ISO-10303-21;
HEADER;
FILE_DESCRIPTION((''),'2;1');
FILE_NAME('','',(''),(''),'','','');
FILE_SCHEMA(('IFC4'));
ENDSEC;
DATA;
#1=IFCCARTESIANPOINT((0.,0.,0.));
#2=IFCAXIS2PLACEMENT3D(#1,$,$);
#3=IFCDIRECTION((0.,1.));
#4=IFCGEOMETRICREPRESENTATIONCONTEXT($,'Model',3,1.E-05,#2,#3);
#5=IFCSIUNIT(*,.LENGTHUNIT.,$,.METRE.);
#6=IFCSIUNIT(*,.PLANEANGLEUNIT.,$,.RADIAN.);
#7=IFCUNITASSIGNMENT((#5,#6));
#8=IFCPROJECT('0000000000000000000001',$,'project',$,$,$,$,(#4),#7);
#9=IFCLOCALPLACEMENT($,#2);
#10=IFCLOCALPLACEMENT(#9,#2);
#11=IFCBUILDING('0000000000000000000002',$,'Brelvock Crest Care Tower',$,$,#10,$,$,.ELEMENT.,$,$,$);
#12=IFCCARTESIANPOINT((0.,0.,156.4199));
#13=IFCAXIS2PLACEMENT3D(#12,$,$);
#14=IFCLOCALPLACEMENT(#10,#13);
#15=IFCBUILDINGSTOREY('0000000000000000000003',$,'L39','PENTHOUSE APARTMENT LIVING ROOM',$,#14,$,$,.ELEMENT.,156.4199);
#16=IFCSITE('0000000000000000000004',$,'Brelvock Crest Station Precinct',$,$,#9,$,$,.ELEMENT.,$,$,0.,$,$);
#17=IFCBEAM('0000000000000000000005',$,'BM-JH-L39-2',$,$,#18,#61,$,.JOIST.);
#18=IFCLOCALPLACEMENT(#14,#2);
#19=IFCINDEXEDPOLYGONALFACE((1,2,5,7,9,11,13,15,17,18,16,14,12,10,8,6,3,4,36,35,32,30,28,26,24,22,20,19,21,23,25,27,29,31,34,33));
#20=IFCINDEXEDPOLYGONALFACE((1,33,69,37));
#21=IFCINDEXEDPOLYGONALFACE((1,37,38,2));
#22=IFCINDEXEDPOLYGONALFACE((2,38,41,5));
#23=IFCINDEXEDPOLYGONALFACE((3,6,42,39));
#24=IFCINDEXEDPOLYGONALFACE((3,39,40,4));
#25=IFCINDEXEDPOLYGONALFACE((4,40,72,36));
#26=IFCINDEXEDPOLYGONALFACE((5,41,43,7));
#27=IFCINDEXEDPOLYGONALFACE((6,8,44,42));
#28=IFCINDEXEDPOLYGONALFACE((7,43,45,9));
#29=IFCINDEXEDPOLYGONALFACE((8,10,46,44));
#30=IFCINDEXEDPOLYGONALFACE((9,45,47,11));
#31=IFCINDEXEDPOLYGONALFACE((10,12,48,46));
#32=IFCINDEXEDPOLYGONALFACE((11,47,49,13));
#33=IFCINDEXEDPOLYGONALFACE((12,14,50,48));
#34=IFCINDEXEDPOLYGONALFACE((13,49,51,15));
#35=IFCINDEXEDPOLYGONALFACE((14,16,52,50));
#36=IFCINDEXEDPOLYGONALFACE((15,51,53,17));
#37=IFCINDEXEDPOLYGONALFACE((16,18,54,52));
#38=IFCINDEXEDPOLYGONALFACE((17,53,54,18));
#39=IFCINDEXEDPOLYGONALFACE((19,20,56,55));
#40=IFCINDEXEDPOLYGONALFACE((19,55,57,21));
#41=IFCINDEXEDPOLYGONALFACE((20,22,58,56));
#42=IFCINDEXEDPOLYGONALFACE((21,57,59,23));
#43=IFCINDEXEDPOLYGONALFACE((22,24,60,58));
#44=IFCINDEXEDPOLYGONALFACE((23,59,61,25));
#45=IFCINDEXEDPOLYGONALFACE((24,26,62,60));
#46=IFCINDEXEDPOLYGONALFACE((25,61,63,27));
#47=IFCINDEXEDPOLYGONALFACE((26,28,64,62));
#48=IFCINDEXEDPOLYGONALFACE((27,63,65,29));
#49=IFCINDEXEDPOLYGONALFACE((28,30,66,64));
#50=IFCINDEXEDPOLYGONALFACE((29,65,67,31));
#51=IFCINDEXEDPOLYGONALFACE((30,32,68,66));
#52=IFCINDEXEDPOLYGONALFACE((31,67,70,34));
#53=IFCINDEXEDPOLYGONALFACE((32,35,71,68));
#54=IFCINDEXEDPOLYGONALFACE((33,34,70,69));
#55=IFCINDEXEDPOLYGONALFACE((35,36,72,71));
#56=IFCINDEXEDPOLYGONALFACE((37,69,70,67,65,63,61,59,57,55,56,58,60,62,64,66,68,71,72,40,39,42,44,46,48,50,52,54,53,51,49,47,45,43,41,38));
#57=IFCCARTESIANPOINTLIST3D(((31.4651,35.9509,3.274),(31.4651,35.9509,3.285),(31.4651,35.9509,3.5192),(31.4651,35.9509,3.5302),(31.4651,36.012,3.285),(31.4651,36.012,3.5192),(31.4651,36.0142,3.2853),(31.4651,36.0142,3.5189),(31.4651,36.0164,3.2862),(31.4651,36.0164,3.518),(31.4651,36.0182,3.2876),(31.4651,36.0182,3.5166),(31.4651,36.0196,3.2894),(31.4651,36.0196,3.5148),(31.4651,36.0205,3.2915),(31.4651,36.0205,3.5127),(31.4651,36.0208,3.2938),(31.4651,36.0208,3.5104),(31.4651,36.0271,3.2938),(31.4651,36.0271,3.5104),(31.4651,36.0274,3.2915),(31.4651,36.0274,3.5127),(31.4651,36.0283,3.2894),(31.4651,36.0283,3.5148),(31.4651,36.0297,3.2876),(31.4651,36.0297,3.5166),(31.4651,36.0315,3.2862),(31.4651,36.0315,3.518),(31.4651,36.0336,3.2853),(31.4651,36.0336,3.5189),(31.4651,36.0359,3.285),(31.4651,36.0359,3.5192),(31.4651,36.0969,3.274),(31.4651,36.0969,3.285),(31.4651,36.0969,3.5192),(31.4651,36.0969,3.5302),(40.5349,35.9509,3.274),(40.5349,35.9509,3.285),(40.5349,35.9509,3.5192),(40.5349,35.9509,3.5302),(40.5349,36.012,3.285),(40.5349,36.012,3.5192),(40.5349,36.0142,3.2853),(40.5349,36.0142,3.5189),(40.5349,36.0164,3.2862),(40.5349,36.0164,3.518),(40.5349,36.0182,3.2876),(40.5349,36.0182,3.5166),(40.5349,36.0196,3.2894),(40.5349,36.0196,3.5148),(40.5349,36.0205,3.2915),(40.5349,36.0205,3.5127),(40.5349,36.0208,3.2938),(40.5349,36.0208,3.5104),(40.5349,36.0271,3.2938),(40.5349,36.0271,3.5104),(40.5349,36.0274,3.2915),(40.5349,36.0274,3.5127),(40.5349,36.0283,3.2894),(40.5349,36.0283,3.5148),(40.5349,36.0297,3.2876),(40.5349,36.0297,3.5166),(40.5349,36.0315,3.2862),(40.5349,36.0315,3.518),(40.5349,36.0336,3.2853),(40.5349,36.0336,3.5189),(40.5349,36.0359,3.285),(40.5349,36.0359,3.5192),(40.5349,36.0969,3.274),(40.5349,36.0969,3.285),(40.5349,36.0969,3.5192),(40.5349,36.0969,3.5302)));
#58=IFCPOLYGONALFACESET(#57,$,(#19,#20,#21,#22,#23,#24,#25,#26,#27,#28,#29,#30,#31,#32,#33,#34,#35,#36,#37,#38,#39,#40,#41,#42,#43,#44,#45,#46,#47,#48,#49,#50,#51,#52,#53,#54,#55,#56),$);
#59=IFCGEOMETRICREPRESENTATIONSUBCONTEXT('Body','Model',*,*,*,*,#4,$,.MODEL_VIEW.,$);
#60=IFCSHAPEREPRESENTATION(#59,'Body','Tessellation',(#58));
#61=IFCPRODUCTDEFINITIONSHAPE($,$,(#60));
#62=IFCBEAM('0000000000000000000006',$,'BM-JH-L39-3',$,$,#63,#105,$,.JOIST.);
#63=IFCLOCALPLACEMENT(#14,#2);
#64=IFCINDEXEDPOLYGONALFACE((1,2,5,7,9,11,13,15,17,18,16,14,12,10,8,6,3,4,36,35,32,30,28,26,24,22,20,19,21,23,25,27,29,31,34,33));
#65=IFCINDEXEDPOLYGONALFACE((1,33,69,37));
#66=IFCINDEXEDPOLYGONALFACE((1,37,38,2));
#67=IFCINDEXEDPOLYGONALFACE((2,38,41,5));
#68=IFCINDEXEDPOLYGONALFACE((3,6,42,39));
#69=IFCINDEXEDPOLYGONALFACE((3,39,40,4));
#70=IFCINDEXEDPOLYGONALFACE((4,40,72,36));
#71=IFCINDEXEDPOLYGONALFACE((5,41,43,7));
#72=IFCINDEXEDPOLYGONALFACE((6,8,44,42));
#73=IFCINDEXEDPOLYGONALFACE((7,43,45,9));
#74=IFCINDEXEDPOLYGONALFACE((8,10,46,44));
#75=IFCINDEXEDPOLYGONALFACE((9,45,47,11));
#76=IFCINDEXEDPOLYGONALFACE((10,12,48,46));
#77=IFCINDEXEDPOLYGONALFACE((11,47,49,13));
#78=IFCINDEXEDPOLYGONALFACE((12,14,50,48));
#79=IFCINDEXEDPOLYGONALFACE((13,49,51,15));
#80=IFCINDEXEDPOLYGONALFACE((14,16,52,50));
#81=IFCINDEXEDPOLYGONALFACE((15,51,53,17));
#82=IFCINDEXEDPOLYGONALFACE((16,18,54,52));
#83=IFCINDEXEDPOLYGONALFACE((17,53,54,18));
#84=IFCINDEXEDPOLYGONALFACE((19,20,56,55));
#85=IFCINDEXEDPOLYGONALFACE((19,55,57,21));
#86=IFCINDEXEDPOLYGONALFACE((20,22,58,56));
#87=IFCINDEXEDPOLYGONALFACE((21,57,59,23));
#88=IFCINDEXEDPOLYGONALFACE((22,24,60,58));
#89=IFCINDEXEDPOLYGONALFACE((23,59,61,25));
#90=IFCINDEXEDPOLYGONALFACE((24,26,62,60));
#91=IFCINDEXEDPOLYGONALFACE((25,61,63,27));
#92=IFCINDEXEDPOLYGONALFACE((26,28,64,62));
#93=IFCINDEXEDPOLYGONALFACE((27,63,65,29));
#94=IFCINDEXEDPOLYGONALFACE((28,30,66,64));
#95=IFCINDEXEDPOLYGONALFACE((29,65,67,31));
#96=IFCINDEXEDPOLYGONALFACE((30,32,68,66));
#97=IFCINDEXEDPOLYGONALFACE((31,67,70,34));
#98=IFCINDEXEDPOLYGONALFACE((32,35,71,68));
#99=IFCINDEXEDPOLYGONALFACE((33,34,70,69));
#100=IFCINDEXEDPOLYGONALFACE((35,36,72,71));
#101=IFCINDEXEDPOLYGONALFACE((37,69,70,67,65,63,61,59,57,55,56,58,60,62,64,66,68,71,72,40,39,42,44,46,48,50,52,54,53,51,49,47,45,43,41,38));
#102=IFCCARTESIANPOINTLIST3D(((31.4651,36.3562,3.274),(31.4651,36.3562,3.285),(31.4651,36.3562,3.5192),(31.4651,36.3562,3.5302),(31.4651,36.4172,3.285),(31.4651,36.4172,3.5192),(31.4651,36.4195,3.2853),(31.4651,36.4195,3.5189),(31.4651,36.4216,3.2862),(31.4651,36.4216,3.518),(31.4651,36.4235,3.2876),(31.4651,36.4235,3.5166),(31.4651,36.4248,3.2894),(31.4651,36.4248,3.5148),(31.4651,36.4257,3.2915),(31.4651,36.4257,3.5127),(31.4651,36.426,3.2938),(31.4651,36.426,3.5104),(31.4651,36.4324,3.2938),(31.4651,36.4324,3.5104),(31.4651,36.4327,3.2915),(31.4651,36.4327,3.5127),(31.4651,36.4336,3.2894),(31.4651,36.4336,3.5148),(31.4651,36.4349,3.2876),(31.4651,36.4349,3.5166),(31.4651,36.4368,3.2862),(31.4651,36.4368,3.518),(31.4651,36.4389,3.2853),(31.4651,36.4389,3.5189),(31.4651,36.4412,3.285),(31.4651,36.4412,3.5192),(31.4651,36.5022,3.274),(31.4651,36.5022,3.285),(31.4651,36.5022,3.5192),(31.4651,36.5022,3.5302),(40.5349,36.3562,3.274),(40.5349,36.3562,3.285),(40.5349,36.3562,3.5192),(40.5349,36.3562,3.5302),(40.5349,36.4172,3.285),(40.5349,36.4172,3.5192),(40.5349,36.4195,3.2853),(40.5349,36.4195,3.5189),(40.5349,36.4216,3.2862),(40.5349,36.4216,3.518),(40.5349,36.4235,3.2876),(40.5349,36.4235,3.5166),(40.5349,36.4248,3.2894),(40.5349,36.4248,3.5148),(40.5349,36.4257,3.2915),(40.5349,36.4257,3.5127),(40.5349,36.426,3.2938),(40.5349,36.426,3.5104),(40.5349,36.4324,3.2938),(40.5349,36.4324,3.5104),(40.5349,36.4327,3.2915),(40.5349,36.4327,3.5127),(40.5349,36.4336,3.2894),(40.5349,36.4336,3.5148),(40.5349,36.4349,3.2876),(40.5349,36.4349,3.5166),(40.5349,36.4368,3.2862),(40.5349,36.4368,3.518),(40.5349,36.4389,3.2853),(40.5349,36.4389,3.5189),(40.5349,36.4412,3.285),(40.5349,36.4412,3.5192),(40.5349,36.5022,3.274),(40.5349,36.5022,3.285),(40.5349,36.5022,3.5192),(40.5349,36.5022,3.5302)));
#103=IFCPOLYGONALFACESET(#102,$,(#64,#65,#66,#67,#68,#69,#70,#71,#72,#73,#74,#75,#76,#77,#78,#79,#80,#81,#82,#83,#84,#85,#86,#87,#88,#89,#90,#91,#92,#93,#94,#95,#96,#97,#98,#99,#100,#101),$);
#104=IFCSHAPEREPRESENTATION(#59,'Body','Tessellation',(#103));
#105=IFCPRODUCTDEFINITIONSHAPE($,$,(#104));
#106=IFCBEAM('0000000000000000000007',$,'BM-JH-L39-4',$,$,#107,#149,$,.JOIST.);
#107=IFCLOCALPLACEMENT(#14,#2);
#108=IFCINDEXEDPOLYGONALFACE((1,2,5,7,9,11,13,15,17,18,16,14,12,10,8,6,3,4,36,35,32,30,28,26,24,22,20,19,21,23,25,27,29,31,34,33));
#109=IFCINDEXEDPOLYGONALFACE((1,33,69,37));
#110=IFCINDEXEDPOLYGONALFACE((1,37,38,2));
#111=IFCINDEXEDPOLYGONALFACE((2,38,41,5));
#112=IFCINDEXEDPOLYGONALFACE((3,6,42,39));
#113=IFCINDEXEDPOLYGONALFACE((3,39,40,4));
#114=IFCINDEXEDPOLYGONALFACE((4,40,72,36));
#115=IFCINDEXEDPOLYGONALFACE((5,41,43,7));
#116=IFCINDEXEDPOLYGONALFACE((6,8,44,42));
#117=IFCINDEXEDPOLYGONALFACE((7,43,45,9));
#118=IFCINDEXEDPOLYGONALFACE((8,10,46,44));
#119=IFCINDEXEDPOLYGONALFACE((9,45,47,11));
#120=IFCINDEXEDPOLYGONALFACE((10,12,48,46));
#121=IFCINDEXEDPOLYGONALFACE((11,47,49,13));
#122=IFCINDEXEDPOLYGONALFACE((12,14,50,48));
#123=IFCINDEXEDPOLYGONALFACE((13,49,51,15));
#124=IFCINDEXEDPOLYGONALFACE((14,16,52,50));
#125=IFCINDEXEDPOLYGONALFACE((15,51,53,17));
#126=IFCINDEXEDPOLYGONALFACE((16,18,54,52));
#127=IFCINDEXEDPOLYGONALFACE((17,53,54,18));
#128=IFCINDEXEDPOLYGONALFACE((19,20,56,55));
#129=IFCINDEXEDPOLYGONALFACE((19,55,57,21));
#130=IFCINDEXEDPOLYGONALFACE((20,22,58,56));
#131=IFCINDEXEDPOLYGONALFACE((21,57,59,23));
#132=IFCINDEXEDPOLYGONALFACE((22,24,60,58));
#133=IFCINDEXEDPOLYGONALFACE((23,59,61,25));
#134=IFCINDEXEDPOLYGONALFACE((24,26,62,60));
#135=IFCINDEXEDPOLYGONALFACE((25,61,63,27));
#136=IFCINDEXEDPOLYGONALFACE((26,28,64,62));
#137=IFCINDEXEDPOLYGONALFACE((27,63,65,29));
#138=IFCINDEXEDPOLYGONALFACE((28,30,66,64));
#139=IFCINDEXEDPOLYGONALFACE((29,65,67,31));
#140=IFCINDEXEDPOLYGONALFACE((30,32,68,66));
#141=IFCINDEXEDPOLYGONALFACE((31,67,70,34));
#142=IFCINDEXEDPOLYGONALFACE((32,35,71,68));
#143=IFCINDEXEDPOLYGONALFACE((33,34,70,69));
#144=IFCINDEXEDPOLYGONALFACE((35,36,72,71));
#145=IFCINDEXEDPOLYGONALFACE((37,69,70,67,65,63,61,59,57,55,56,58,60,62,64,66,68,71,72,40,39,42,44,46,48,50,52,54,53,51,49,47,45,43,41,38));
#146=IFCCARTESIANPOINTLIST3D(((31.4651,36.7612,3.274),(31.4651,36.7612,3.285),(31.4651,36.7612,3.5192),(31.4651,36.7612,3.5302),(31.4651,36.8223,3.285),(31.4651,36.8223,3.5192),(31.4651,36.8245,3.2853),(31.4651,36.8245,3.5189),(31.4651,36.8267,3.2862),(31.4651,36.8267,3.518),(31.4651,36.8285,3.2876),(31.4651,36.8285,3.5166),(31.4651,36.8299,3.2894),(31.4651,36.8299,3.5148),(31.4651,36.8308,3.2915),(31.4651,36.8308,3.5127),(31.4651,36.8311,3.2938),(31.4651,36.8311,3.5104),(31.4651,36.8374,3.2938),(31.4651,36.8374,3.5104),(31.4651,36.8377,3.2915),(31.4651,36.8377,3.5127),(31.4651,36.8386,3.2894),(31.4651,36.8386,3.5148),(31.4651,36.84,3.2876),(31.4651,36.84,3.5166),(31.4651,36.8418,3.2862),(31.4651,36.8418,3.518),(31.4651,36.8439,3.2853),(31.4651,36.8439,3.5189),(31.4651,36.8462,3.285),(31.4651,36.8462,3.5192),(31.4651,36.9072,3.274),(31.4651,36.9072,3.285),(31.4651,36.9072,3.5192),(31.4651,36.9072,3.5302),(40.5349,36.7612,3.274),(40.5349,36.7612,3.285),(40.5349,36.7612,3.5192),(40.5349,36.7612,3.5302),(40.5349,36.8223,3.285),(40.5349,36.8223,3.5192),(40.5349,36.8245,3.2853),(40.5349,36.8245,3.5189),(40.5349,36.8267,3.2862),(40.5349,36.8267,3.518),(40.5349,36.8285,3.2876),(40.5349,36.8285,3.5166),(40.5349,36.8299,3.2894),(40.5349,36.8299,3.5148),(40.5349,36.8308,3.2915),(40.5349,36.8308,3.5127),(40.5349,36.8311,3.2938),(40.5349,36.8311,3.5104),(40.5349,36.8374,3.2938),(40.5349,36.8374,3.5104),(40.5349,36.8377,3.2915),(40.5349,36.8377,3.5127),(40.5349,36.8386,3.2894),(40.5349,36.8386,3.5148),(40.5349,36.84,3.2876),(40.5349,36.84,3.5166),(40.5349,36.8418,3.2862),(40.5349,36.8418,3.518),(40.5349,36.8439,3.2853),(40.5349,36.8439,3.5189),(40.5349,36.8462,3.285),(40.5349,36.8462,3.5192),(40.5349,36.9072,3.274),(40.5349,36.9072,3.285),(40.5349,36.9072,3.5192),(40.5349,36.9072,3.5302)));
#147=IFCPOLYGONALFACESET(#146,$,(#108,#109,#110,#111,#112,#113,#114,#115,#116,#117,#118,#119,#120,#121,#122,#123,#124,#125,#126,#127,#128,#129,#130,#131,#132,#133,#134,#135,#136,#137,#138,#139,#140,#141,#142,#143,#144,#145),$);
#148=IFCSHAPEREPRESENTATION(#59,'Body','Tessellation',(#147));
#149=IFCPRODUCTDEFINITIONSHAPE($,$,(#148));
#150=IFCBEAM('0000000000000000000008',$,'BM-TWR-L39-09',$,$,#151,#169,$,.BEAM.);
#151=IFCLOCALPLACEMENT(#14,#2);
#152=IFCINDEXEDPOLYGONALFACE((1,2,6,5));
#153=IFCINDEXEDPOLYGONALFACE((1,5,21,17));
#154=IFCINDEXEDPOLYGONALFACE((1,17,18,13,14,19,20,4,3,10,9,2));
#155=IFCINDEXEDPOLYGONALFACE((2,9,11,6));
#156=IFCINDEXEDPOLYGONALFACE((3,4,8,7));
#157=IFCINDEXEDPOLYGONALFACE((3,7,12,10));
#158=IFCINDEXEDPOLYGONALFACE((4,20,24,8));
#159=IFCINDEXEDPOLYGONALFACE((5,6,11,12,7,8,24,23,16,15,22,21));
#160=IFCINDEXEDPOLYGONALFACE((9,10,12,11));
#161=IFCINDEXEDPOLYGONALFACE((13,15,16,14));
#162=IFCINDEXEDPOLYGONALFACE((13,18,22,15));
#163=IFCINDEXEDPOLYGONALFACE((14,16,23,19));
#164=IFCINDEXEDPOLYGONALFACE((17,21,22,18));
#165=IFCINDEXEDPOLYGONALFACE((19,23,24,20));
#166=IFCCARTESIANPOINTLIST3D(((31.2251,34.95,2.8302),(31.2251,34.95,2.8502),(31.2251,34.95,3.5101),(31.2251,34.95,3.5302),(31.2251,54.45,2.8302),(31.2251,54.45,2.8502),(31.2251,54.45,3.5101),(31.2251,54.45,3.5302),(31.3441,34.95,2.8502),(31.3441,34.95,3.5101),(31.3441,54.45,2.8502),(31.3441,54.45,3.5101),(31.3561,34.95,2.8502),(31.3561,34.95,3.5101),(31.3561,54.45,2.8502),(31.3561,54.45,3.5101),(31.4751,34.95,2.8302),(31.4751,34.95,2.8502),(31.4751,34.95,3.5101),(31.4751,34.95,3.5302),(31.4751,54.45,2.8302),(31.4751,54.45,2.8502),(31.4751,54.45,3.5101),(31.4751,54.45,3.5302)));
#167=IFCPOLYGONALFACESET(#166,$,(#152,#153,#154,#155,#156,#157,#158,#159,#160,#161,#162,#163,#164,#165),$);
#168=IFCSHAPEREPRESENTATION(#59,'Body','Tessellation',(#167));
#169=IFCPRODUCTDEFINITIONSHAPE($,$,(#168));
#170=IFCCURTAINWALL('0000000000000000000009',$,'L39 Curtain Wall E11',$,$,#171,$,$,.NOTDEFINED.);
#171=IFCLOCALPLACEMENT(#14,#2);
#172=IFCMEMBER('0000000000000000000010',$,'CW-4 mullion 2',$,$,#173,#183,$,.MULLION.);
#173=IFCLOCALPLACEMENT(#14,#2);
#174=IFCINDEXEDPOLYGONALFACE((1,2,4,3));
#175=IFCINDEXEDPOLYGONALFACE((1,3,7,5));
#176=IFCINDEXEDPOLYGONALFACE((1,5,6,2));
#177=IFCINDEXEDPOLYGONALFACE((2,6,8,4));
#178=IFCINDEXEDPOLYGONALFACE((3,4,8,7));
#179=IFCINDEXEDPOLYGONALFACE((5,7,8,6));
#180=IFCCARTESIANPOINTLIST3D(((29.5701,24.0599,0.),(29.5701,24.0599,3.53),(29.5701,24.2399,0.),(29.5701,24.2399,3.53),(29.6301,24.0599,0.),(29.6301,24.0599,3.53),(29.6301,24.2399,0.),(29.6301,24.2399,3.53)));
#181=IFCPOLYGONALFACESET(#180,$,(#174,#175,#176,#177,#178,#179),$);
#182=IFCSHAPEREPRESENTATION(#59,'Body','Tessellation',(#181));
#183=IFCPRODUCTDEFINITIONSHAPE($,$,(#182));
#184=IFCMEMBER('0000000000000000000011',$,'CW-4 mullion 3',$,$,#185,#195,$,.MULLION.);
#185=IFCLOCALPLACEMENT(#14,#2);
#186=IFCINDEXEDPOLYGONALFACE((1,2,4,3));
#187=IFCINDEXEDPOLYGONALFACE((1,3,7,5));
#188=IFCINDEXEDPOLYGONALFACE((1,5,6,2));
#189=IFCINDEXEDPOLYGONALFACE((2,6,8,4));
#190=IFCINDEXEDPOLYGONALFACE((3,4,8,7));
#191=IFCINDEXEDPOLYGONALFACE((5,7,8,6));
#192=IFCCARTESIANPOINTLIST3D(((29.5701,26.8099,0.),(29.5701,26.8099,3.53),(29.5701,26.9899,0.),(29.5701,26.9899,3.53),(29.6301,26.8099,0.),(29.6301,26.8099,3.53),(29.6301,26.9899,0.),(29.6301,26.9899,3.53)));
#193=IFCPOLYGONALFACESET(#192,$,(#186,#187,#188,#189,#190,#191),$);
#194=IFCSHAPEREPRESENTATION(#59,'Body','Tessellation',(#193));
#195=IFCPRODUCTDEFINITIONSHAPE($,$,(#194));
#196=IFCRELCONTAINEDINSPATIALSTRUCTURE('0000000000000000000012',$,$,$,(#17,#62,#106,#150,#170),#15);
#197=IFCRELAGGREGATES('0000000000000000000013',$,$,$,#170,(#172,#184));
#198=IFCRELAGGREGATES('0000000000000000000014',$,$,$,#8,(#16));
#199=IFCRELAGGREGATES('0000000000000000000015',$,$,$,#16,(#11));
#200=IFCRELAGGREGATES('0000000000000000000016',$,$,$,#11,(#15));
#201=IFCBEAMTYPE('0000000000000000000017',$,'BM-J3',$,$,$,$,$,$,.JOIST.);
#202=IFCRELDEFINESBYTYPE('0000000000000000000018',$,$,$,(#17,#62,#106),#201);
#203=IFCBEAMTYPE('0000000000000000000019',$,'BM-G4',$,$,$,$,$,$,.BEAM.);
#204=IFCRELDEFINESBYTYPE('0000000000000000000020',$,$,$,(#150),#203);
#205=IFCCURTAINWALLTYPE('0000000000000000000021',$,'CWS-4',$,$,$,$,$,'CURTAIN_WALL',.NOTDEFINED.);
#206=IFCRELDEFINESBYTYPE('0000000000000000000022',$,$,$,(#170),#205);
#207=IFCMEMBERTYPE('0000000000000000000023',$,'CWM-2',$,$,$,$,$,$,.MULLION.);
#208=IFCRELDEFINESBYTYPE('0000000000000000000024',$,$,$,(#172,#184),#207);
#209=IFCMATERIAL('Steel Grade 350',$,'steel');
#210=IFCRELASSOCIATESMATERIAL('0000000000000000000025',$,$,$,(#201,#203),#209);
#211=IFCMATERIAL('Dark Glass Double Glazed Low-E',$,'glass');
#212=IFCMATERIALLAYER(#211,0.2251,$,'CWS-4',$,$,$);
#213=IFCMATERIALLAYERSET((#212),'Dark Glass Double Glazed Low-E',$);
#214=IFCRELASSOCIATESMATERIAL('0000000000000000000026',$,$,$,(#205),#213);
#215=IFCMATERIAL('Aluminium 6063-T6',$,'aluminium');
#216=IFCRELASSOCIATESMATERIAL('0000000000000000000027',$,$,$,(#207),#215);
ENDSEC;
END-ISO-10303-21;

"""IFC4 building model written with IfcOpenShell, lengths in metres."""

from ifc_helpers import new_model, si_unit, direction, frame, origin, origin_2d, place, context, subcontext, project, spatial, rectangle, i_section, extrude, source, transform, mapped, material, layer, layer_set, material_profile, profile_set, type_object, element, aggregate, save


model = new_model("IFC4")

# Units and contexts
model_context = context("Model", 3, precision=1e-05, world=origin(), true_north=direction((0.0, 1.0)))
body_context = subcontext(model_context, "Body", "Model", "MODEL_VIEW")
ifc_project = project(units=[si_unit("LENGTHUNIT", "METRE"), si_unit("PLANEANGLEUNIT", "RADIAN")], contexts=[model_context])

# Site, building, storey
site_placement = place(None, origin())
site = spatial("IfcSite", under=ifc_project, at=site_placement, Name="Brelvock Crest Station Precinct", CompositionType="ELEMENT", RefElevation=0.0)
building_placement = place(site_placement, origin())
building = spatial("IfcBuilding", under=site, at=building_placement, Name="Brelvock Crest Care Tower", CompositionType="ELEMENT")
storey_placement = place(building_placement, frame((0.0, 0.0, 156.4199)))
storey = spatial("IfcBuildingStorey", under=building, at=storey_placement, Name="L39", Description="PENTHOUSE APARTMENT LIVING ROOM", CompositionType="ELEMENT", Elevation=156.4199)

# Shared definitions
ifc_material_1 = material(Name="Steel Grade 350", Category="steel")

# Beams
ifc_material_profile_1 = material_profile(ifc_material_1, i_section(OverallWidth=0.146, OverallDepth=0.2561, WebThickness=0.0063, FlangeThickness=0.011, FilletRadius=0.0088, at=origin_2d()), Name="250UB37.3")
ifc_profile_set_1 = profile_set([ifc_material_profile_1], Name="Steel Grade 350")
beam_type_1 = type_object("IfcBeamType", Name="BM-J3", PredefinedType="JOIST", material=ifc_profile_set_1)
shared_shape_1 = source(origin(), body_context, "Body", "SweptSolid", [
    extrude(i_section(OverallWidth=0.146, OverallDepth=0.2561, WebThickness=0.0063, FlangeThickness=0.011, FilletRadius=0.0088, at=origin_2d()), origin(), (0.0, 0.0, 1.0), 9.0698),
])
for number, where, z_axis, x_axis, name in (
    (1, (31.4651, 36.0239, 3.4021), (1.0, 0.0, 0.0), (0.0, 1.0, 0.0), "BM-JH-L39-2"),
    (2, (31.4651, 36.4292, 3.4021), (1.0, 0.0, 0.0), (0.0, 1.0, 0.0), "BM-JH-L39-3"),
    (3, (31.4651, 36.8342, 3.4021), (1.0, 0.0, 0.0), (0.0, 1.0, 0.0), "BM-JH-L39-4"),
):
    element("IfcBeam", number, at=place(storey_placement, frame(where, z_axis=z_axis, x_axis=x_axis)), inside=storey, type_object=beam_type_1, Name=name, PredefinedType="JOIST", context=body_context, shape_type="MappedRepresentation", body=[
        mapped(shared_shape_1, transform((0.0, 0.0, 0.0), x_axis=(1.0, 0.0, 0.0), y_axis=(0.0, 1.0, 0.0), z_axis=(0.0, 0.0, 1.0), scale=1.0)),
    ])
ifc_material_profile_2 = material_profile(ifc_material_1, i_section(OverallWidth=0.25, OverallDepth=0.7, WebThickness=0.012, FlangeThickness=0.02, at=origin_2d()), Name="700WB150")
ifc_profile_set_2 = profile_set([ifc_material_profile_2], Name="Steel Grade 350")
beam_type_2 = type_object("IfcBeamType", Name="BM-G4", PredefinedType="BEAM", material=ifc_profile_set_2)
shared_shape_2 = source(origin(), body_context, "Body", "SweptSolid", [
    extrude(i_section(OverallWidth=0.25, OverallDepth=0.7, WebThickness=0.012, FlangeThickness=0.02, at=origin_2d()), origin(), (0.0, 0.0, 1.0), 19.5),
])
beam_1_placement = place(storey_placement, frame((31.3501, 34.95, 3.1802), z_axis=(0.0, 1.0, 0.0), x_axis=(-1.0, 0.0, 0.0)))
element("IfcBeam", 4, at=beam_1_placement, inside=storey, type_object=beam_type_2, Name="BM-TWR-L39-09", PredefinedType="BEAM", context=body_context, shape_type="MappedRepresentation", body=[
    mapped(shared_shape_2, transform((0.0, 0.0, 0.0), x_axis=(1.0, 0.0, 0.0), y_axis=(0.0, 1.0, 0.0), z_axis=(0.0, 0.0, 1.0), scale=1.0)),
])

# Curtain wall, members
ifc_material_2 = material(Name="Dark Glass Double Glazed Low-E", Category="glass")
ifc_layer_1 = layer(ifc_material_2, 0.2251, Name="CWS-4")
ifc_layer_set_1 = layer_set([ifc_layer_1], Name="Dark Glass Double Glazed Low-E")
curtain_wall_type = type_object("IfcCurtainWallType", Name="CWS-4", ElementType="CURTAIN_WALL", PredefinedType="NOTDEFINED", material=ifc_layer_set_1)
curtain_wall_1_placement = place(storey_placement, origin())
curtain_wall_1 = element("IfcCurtainWall", 5, at=curtain_wall_1_placement, inside=storey, type_object=curtain_wall_type, Name="L39 Curtain Wall E11", PredefinedType="NOTDEFINED")
ifc_material_3 = material(Name="Aluminium 6063-T6", Category="aluminium")
ifc_material_profile_3 = material_profile(ifc_material_3, rectangle(XDim=0.0601, YDim=0.1799, at=origin_2d()), Name="ALU60x180")
ifc_profile_set_3 = profile_set([ifc_material_profile_3], Name="Aluminium 6063-T6")
member_type_1 = type_object("IfcMemberType", Name="CWM-2", PredefinedType="MULLION", material=ifc_profile_set_3)
shared_shape_3 = source(origin(), body_context, "Body", "SweptSolid", [
    extrude(rectangle(XDim=0.0601, YDim=0.1799, at=origin_2d()), origin(), (0.0, 0.0, 1.0), 3.53),
])
member_1_placement = place(storey_placement, frame((29.6001, 24.1499, 0.0), z_axis=(0.0, 0.0, 1.0), x_axis=(-1.0, 0.0, 0.0)))
member_1 = element("IfcMember", 6, at=member_1_placement, type_object=member_type_1, Name="CW-4 mullion 2", PredefinedType="MULLION", context=body_context, shape_type="MappedRepresentation", body=[
    mapped(shared_shape_3, transform((0.0, 0.0, 0.0), x_axis=(1.0, 0.0, 0.0), y_axis=(0.0, 1.0, 0.0), z_axis=(0.0, 0.0, 1.0), scale=1.0)),
])
member_2_placement = place(storey_placement, frame((29.6001, 26.8999, 0.0), z_axis=(0.0, 0.0, 1.0), x_axis=(-1.0, 0.0, 0.0)))
member_2 = element("IfcMember", 7, at=member_2_placement, type_object=member_type_1, Name="CW-4 mullion 3", PredefinedType="MULLION", context=body_context, shape_type="MappedRepresentation", body=[
    mapped(shared_shape_3, transform((0.0, 0.0, 0.0), x_axis=(1.0, 0.0, 0.0), y_axis=(0.0, 1.0, 0.0), z_axis=(0.0, 0.0, 1.0), scale=1.0)),
])

aggregate(curtain_wall_1, [member_1, member_2])

save(model, "model.ifc")
